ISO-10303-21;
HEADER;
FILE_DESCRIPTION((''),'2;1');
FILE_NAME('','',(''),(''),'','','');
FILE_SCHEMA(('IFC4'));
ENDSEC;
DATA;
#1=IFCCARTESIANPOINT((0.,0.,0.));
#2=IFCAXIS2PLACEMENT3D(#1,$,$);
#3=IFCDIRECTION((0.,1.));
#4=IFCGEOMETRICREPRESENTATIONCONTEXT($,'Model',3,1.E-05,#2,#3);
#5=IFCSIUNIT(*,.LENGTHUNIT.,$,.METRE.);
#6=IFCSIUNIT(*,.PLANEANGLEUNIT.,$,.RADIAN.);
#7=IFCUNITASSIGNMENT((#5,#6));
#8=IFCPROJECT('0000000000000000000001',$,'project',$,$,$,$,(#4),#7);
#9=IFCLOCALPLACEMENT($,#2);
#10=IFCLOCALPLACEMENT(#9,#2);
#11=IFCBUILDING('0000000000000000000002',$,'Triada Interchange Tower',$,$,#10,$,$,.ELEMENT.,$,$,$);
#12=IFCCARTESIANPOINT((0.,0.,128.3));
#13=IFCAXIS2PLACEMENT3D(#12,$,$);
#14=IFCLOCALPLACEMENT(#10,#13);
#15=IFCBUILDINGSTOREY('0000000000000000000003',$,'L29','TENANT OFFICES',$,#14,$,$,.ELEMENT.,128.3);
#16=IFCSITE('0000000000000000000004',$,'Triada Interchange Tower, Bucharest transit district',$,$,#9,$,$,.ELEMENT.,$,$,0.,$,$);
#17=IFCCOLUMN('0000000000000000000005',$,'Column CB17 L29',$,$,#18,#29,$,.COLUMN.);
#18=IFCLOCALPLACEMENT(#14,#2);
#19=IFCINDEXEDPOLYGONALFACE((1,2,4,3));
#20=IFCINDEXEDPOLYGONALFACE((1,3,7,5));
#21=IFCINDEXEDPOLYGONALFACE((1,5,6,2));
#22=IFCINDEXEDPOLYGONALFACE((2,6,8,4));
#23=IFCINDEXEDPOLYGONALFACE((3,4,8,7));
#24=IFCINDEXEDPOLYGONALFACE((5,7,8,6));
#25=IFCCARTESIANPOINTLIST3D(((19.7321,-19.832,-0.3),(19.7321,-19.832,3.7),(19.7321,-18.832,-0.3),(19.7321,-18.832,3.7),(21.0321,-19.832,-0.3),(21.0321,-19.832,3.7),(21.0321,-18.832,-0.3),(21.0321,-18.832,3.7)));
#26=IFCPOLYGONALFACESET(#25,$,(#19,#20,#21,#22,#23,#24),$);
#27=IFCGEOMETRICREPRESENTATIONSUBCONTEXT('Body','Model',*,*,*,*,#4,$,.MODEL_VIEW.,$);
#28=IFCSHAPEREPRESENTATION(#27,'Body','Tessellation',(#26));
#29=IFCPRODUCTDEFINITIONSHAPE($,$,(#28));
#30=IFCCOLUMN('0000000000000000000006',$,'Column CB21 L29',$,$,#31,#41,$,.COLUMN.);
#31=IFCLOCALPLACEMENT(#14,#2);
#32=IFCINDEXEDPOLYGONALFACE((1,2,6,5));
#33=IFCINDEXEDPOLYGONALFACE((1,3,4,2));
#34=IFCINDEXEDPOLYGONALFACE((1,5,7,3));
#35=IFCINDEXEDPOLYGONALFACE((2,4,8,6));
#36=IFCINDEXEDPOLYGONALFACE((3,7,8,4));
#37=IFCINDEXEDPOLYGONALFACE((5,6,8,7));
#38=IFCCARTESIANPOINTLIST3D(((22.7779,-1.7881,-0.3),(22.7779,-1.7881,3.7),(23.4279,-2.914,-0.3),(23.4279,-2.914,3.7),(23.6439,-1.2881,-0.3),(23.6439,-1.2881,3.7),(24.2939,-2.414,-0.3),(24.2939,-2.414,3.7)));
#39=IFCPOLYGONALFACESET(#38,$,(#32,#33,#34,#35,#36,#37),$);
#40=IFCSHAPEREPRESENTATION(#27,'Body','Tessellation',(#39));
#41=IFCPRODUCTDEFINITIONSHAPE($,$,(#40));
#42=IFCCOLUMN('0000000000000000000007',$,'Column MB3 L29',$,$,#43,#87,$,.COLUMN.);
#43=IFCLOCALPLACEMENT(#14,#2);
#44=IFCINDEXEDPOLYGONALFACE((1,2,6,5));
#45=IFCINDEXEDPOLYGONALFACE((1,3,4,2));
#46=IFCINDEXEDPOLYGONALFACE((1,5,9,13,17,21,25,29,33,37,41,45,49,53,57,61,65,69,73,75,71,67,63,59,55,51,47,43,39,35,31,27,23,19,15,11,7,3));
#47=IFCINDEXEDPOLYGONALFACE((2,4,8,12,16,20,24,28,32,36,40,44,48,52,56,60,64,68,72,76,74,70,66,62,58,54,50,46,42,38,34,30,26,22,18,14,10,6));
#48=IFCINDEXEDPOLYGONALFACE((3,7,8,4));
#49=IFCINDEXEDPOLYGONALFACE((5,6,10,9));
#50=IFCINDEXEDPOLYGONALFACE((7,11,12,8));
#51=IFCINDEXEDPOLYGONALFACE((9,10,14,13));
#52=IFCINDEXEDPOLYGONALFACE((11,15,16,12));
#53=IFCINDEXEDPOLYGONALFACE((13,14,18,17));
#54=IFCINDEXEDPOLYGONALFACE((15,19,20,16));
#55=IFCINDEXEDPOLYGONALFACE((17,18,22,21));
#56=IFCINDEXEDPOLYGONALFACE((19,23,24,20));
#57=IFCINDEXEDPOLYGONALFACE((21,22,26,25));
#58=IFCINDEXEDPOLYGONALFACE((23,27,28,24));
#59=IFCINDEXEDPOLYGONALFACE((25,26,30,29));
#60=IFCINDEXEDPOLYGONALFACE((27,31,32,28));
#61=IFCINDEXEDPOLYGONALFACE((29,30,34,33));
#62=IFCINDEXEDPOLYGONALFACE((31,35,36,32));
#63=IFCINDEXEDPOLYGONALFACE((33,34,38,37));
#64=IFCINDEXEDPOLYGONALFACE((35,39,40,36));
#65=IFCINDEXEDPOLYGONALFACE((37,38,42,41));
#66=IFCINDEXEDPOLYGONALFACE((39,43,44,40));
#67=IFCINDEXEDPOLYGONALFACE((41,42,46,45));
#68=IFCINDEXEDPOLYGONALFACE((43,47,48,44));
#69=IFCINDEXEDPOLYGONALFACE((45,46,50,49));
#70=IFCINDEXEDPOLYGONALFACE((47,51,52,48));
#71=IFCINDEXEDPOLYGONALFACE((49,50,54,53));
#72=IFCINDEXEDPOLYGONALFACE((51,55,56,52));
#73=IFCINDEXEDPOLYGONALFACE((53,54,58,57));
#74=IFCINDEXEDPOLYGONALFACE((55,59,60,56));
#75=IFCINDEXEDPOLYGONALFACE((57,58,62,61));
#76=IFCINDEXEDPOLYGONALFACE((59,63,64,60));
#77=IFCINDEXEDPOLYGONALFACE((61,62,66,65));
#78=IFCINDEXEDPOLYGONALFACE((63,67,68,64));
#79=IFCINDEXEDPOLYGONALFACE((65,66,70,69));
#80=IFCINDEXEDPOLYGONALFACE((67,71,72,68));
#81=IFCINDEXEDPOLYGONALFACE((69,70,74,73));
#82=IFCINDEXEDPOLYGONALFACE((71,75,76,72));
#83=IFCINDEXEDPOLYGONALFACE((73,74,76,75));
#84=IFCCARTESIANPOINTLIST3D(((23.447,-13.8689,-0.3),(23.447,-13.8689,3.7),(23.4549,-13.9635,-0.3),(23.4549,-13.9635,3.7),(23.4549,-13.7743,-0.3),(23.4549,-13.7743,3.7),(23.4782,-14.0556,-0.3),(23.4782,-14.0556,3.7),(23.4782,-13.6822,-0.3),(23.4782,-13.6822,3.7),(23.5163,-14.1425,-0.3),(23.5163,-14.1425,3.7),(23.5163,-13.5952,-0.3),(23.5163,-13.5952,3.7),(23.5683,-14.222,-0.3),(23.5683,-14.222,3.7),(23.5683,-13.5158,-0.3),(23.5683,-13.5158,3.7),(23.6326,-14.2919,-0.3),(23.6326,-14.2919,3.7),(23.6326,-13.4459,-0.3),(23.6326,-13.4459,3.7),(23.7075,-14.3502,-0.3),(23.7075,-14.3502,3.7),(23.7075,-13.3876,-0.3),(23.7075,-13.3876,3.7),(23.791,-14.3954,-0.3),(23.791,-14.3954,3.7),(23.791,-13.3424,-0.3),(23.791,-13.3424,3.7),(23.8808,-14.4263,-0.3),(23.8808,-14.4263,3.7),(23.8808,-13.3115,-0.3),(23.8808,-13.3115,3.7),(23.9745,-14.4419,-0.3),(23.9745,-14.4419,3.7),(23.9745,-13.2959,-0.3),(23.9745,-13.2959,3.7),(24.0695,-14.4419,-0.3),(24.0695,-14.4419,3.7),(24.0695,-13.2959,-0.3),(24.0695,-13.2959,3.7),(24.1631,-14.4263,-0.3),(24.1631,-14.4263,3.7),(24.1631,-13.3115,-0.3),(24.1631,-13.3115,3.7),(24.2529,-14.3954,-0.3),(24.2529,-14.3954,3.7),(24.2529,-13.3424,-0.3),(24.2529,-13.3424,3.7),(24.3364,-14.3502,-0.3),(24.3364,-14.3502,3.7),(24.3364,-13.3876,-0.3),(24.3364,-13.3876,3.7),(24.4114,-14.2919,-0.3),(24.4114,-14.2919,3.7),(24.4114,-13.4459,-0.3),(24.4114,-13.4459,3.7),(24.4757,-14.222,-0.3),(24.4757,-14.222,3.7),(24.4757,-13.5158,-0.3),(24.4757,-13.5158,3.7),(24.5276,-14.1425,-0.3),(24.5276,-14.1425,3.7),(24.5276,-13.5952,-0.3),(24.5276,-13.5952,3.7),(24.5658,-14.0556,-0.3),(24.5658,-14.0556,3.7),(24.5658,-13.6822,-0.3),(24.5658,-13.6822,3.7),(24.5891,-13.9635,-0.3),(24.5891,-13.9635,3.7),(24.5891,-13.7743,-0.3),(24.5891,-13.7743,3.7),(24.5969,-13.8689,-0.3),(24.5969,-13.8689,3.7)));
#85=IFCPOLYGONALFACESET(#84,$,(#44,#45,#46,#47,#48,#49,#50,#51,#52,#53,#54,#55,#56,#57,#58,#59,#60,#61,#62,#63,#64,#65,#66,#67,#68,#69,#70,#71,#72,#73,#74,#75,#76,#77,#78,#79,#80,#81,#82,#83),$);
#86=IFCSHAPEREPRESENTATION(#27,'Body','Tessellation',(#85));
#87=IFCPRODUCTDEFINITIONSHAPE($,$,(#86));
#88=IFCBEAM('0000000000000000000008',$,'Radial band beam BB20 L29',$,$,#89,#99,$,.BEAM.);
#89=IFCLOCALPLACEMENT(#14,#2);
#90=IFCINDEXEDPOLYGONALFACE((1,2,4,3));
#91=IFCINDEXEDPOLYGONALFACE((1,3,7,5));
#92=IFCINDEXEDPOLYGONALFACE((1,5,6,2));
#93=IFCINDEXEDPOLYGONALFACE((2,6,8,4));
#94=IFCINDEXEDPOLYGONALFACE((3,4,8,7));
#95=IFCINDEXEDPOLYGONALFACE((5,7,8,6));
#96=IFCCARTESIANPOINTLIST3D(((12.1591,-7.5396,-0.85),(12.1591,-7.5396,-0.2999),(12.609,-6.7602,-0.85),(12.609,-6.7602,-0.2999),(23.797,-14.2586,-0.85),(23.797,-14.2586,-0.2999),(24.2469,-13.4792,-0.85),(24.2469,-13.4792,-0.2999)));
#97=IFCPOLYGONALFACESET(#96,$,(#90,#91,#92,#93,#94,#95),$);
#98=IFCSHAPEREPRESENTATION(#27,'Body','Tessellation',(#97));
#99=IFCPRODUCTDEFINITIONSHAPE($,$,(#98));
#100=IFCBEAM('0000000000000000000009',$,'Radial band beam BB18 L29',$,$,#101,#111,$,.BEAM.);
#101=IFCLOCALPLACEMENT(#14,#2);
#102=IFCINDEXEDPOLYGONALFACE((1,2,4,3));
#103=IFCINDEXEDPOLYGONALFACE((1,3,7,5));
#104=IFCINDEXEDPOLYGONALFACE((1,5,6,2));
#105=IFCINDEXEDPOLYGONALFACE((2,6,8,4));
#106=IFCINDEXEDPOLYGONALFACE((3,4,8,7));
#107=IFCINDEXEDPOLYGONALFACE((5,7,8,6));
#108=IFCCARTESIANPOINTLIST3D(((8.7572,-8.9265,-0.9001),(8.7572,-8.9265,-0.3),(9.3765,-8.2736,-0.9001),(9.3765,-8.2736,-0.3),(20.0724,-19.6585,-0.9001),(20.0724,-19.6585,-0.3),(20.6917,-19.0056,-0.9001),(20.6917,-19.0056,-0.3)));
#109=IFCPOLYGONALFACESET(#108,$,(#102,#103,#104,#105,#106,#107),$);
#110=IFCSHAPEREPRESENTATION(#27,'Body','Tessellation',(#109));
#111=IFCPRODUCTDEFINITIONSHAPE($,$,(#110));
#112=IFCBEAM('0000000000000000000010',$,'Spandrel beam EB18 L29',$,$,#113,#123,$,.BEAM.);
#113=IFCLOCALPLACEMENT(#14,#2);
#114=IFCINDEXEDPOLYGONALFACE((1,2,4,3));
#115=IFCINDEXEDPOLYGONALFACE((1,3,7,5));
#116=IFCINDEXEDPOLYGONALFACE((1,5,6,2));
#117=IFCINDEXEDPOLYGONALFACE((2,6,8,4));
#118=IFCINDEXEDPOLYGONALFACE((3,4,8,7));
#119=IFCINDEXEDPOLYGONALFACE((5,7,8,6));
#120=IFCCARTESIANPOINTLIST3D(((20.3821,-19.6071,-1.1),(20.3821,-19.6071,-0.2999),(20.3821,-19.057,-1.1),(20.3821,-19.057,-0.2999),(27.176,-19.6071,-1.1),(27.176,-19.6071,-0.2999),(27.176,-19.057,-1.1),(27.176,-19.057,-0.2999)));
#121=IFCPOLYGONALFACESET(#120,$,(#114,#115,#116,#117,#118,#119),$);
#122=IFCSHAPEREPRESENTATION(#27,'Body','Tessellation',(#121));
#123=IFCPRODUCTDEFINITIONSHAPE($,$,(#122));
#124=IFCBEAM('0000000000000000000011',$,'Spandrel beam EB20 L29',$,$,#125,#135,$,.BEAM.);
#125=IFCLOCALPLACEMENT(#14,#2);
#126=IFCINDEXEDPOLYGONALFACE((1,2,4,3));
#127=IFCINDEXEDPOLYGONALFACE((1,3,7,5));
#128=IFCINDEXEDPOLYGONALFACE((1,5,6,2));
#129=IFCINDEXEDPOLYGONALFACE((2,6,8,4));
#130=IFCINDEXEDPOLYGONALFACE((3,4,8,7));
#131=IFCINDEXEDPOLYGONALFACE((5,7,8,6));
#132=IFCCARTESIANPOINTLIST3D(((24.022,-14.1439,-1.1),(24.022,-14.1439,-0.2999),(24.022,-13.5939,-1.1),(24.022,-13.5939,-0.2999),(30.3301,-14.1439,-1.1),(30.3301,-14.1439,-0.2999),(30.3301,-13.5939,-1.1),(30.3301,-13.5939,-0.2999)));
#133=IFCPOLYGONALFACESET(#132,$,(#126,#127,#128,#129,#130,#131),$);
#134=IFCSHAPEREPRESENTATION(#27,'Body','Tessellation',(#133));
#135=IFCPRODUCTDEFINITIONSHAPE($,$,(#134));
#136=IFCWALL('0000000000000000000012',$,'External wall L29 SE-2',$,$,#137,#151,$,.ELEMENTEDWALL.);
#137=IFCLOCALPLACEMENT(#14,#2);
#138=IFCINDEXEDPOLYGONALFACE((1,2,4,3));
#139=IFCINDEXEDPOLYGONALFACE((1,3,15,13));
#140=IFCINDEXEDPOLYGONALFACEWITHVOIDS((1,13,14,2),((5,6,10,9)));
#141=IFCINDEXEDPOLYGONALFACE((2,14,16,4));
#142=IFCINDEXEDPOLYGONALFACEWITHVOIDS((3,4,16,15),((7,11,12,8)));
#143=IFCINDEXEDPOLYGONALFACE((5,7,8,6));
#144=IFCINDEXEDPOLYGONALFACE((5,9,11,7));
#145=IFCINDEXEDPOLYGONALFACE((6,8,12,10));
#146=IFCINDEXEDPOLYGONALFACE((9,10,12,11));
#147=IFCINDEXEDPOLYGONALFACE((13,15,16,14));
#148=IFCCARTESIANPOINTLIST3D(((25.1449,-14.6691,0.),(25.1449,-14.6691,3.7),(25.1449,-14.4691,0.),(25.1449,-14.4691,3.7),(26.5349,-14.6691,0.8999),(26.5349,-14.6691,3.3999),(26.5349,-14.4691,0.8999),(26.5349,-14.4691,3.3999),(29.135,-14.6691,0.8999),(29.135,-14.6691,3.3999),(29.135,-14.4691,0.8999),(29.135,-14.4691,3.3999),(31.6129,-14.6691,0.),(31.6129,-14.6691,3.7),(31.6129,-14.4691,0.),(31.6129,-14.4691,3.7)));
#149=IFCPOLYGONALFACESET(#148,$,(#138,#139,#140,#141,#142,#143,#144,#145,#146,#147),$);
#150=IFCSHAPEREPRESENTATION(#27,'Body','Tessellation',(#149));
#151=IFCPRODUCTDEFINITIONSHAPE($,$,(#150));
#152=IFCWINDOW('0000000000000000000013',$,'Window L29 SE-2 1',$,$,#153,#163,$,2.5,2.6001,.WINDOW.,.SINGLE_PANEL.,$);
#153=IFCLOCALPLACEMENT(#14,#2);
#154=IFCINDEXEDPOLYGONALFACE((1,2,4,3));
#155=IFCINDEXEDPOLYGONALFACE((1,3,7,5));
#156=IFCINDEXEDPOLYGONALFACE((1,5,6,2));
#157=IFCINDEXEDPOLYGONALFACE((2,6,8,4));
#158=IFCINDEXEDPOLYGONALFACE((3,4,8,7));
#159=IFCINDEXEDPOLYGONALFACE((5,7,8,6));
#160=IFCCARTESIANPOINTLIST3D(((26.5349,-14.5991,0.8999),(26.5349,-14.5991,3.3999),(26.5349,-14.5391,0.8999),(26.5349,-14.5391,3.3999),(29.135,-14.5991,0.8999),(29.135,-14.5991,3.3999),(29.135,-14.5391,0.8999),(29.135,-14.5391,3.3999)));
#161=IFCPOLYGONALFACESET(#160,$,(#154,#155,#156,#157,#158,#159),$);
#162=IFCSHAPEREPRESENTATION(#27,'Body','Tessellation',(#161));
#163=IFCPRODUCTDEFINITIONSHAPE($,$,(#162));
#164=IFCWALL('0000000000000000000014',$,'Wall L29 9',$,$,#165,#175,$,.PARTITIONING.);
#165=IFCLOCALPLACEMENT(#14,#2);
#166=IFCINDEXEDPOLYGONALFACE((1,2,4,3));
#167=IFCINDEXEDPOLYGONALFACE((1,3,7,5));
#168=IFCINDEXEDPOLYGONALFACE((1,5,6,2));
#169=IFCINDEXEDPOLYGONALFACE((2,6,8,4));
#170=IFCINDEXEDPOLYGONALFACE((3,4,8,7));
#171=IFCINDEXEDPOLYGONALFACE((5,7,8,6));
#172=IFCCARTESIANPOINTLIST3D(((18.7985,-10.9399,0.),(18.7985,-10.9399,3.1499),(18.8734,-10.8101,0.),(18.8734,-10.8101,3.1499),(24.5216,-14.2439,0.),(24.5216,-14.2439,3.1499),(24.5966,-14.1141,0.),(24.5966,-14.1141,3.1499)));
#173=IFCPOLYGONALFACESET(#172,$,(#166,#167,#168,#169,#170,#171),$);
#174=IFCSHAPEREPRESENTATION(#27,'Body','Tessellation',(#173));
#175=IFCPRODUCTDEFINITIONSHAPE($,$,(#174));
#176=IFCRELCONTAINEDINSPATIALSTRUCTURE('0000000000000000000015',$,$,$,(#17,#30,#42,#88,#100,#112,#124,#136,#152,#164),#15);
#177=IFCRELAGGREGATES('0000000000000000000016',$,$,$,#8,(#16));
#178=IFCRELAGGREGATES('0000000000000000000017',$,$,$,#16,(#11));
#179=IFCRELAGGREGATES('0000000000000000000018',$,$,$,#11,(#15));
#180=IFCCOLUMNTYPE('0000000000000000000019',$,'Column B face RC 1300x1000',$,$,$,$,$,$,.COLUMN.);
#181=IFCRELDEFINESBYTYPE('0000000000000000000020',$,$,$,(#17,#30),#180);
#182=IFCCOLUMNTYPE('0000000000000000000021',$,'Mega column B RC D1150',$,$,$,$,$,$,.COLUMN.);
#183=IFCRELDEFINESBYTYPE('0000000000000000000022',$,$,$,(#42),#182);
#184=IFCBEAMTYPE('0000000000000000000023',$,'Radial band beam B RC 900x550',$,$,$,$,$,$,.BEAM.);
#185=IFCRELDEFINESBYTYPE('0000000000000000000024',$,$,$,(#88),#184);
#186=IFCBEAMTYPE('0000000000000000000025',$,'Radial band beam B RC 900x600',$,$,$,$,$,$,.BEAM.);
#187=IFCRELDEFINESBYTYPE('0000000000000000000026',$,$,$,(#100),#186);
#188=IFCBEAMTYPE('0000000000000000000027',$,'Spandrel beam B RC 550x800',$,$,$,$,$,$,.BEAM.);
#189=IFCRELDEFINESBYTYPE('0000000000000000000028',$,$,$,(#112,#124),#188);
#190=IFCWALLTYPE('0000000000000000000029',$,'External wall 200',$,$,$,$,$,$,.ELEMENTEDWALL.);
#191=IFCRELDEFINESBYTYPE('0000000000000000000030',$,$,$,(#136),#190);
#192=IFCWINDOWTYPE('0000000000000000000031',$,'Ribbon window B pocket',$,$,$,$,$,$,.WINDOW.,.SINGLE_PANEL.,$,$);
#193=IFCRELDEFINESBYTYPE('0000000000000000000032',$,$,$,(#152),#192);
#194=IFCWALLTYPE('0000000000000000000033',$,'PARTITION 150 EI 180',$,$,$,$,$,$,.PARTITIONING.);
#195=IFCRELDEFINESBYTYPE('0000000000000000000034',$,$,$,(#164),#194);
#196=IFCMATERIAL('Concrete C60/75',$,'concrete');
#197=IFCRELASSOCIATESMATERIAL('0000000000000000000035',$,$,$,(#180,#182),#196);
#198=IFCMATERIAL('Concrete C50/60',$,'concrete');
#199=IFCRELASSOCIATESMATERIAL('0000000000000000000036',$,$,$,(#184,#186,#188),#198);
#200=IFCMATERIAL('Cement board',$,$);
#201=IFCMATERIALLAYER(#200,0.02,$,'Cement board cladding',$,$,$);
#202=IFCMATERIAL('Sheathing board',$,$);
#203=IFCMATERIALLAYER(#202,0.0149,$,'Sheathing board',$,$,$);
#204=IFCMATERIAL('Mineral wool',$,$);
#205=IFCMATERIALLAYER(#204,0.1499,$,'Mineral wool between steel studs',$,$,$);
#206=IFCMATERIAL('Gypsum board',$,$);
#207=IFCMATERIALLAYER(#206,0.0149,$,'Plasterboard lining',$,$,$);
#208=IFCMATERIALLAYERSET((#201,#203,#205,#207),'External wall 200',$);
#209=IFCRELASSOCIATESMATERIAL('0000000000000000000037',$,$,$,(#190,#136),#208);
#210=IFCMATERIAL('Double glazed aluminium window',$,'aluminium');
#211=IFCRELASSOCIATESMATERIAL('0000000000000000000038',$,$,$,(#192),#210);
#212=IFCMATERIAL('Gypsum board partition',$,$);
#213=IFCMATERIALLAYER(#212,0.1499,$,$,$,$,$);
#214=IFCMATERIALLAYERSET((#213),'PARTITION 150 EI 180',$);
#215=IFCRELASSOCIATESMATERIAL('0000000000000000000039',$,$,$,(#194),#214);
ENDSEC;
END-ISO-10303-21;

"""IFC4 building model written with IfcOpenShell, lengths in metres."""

from ifc_helpers import new_model, si_unit, direction, frame, frame_2d, origin, origin_2d, place, context, subcontext, project, spatial, rectangle, circle, extrude, material, layer, layer_set, layer_usage, material_profile, profile_set, type_object, element, fill, save


model = new_model("IFC4")

# Units and contexts
model_context = context("Model", 3, precision=1e-05, world=origin(), true_north=direction((0.0, 1.0)))
body_context = subcontext(model_context, "Body", "Model", "MODEL_VIEW")
ifc_project = project(units=[si_unit("LENGTHUNIT", "METRE"), si_unit("PLANEANGLEUNIT", "RADIAN")], contexts=[model_context])

# Site, building, storey
site_placement = place(None, origin())
site = spatial("IfcSite", under=ifc_project, at=site_placement, Name="Triada Interchange Tower, Bucharest transit district", CompositionType="ELEMENT", RefElevation=0.0)
building_placement = place(site_placement, origin())
building = spatial("IfcBuilding", under=site, at=building_placement, Name="Triada Interchange Tower", CompositionType="ELEMENT")
storey_placement = place(building_placement, frame((0.0, 0.0, 128.3)))
storey = spatial("IfcBuildingStorey", under=building, at=storey_placement, Name="L29", Description="TENANT OFFICES", CompositionType="ELEMENT", Elevation=128.3)

# Columns
ifc_material_1 = material(Name="Concrete C60/75", Category="concrete")
ifc_material_profile_1 = material_profile(ifc_material_1, rectangle(XDim=1.3, YDim=1.0, at=origin_2d()), Name="RC 1300x1000")
ifc_profile_set_1 = profile_set([ifc_material_profile_1], Name="Concrete C60/75")
column_type_1 = type_object("IfcColumnType", Name="Column B face RC 1300x1000", PredefinedType="COLUMN", material=ifc_profile_set_1)
for number, where, z_axis, x_axis, name in (
    (1, (20.3821, -19.332, -0.3), (0.0, 0.0, 1.0), (1.0, 0.0, 0.0), "Column CB17 L29"),
    (2, (23.5359, -2.1011, -0.3), (0.0, 0.0, 1.0), (-0.5, 0.866025, 0.0), "Column CB21 L29"),
):
    element("IfcColumn", number, at=place(storey_placement, frame(where, z_axis=z_axis, x_axis=x_axis)), inside=storey, type_object=column_type_1, Name=name, PredefinedType="COLUMN", context=body_context, shape_type="SweptSolid", body=[
        extrude(rectangle(XDim=1.3, YDim=1.0, at=origin_2d()), origin(), (0.0, 0.0, 1.0), 4.0),
    ])
ifc_material_profile_2 = material_profile(ifc_material_1, circle(Radius=0.575, at=origin_2d()), Name="RC D1150")
ifc_profile_set_2 = profile_set([ifc_material_profile_2], Name="Concrete C60/75")
column_type_2 = type_object("IfcColumnType", Name="Mega column B RC D1150", PredefinedType="COLUMN", material=ifc_profile_set_2)
column_placement = place(storey_placement, frame((24.022, -13.8689, -0.3), z_axis=(0.0, 0.0, 1.0), x_axis=(1.0, 0.0, 0.0)))
element("IfcColumn", 3, at=column_placement, inside=storey, type_object=column_type_2, Name="Column MB3 L29", PredefinedType="COLUMN", context=body_context, shape_type="SweptSolid", body=[
    extrude(circle(Radius=0.575, at=origin_2d()), origin(), (0.0, 0.0, 1.0), 4.0),
])

# Beams
ifc_material_2 = material(Name="Concrete C50/60", Category="concrete")
ifc_material_profile_3 = material_profile(ifc_material_2, rectangle(XDim=0.8999, YDim=0.55, at=origin_2d()), Name="RC 900x550")
ifc_profile_set_3 = profile_set([ifc_material_profile_3], Name="Concrete C50/60")
beam_type_1 = type_object("IfcBeamType", Name="Radial band beam B RC 900x550", PredefinedType="BEAM", material=ifc_profile_set_3)
beam_1_placement = place(storey_placement, frame((24.022, -13.8689, -0.575), z_axis=(-0.866031, 0.49999, 0.0), x_axis=(-0.49999, -0.866031, 0.0)))
element("IfcBeam", 4, at=beam_1_placement, inside=storey, type_object=beam_type_1, Name="Radial band beam BB20 L29", PredefinedType="BEAM", context=body_context, shape_type="SweptSolid", body=[
    extrude(rectangle(XDim=0.8999, YDim=0.55, at=origin_2d()), origin(), (0.0, 0.0, 1.0), 13.4382),
])
ifc_material_profile_4 = material_profile(ifc_material_2, rectangle(XDim=0.8999, YDim=0.6001, at=origin_2d()), Name="RC 900x600")
ifc_profile_set_4 = profile_set([ifc_material_profile_4], Name="Concrete C50/60")
beam_type_2 = type_object("IfcBeamType", Name="Radial band beam B RC 900x600", PredefinedType="BEAM", material=ifc_profile_set_4)
beam_2_placement = place(storey_placement, frame((20.3821, -19.332, -0.6001), z_axis=(-0.725559, 0.68816, 0.0), x_axis=(-0.68816, -0.725559, 0.0)))
element("IfcBeam", 5, at=beam_2_placement, inside=storey, type_object=beam_type_2, Name="Radial band beam BB18 L29", PredefinedType="BEAM", context=body_context, shape_type="SweptSolid", body=[
    extrude(rectangle(XDim=0.8999, YDim=0.6001, at=origin_2d()), origin(), (0.0, 0.0, 1.0), 15.5952),
])
ifc_material_profile_5 = material_profile(ifc_material_2, rectangle(XDim=0.55, YDim=0.8, at=origin_2d()), Name="RC 550x800")
ifc_profile_set_5 = profile_set([ifc_material_profile_5], Name="Concrete C50/60")
beam_type_3 = type_object("IfcBeamType", Name="Spandrel beam B RC 550x800", PredefinedType="BEAM", material=ifc_profile_set_5)
beam_3_placement = place(storey_placement, frame((20.3821, -19.332, -0.7), z_axis=(1.0, 0.0, 0.0), x_axis=(0.0, 1.0, 0.0)))
element("IfcBeam", 6, at=beam_3_placement, inside=storey, type_object=beam_type_3, Name="Spandrel beam EB18 L29", PredefinedType="BEAM", context=body_context, shape_type="SweptSolid", body=[
    extrude(rectangle(XDim=0.55, YDim=0.8, at=origin_2d()), origin(), (0.0, 0.0, 1.0), 6.7939),
])
beam_4_placement = place(storey_placement, frame((24.022, -13.8689, -0.7), z_axis=(1.0, 0.0, 0.0), x_axis=(0.0, 1.0, 0.0)))
element("IfcBeam", 7, at=beam_4_placement, inside=storey, type_object=beam_type_3, Name="Spandrel beam EB20 L29", PredefinedType="BEAM", context=body_context, shape_type="SweptSolid", body=[
    extrude(rectangle(XDim=0.55, YDim=0.8, at=origin_2d()), origin(), (0.0, 0.0, 1.0), 6.3081),
])

# Wall, opening, window
ifc_material_3 = material(Name="Cement board")
ifc_layer_1 = layer(ifc_material_3, 0.02, Name="Cement board cladding")
ifc_material_4 = material(Name="Sheathing board")
ifc_layer_2 = layer(ifc_material_4, 0.0149, Name="Sheathing board")
ifc_material_5 = material(Name="Mineral wool")
ifc_layer_3 = layer(ifc_material_5, 0.1499, Name="Mineral wool between steel studs")
ifc_material_6 = material(Name="Gypsum board")
ifc_layer_4 = layer(ifc_material_6, 0.0149, Name="Plasterboard lining")
ifc_layer_set_1 = layer_set([ifc_layer_1, ifc_layer_2, ifc_layer_3, ifc_layer_4], Name="External wall 200")
ifc_layer_usage = layer_usage(ifc_layer_set_1, "AXIS2", "POSITIVE", -0.1001)
wall_type_1 = type_object("IfcWallType", Name="External wall 200", PredefinedType="ELEMENTEDWALL", material=ifc_layer_set_1)
wall_1_placement = place(storey_placement, frame((25.145, -14.5691, 0.0), z_axis=(0.0, 0.0, 1.0), x_axis=(1.0, 0.0, 0.0)))
wall_1 = element("IfcWall", 8, at=wall_1_placement, inside=storey, type_object=wall_type_1, material=ifc_layer_usage, Name="External wall L29 SE-2", PredefinedType="ELEMENTEDWALL", context=body_context, shape_type="SweptSolid", body=[
    extrude(rectangle(XDim=6.468, YDim=0.2, at=frame_2d((3.2339, 0.0))), origin(), (0.0, 0.0, 1.0), 3.7),
])
opening_1_placement = place(wall_1_placement, frame((1.3899, 0.0, 0.8999)))
opening_1 = element("IfcOpeningElement", 9, at=opening_1_placement, cuts=wall_1, PredefinedType="OPENING", context=body_context, shape_type="SweptSolid", body=[
    extrude(rectangle(XDim=2.6001, YDim=2.5, at=frame_2d((1.3, 1.25))), frame((0.0, 0.1099, 0.0), z_axis=(0.0, -1.0, 0.0), x_axis=(1.0, 0.0, 0.0)), (0.0, 0.0, 1.0), 0.22),
])
ifc_material_7 = material(Name="Double glazed aluminium window", Category="aluminium")
window_type = type_object("IfcWindowType", Name="Ribbon window B pocket", PartitioningType="SINGLE_PANEL", PredefinedType="WINDOW", material=ifc_material_7)
window_placement = place(opening_1_placement, origin())
window = element("IfcWindow", 10, at=window_placement, inside=storey, type_object=window_type, Name="Window L29 SE-2 1", OverallHeight=2.5, OverallWidth=2.6001, PartitioningType="SINGLE_PANEL", PredefinedType="WINDOW", context=body_context, shape_type="SweptSolid", body=[
    extrude(rectangle(XDim=2.6001, YDim=2.5, at=frame_2d((1.3, 1.25))), frame((0.0, 0.03, 0.0), z_axis=(0.0, -1.0, 0.0), x_axis=(1.0, 0.0, 0.0)), (0.0, 0.0, 1.0), 0.0601),
])
fill(opening_1, window)

# Wall
ifc_material_8 = material(Name="Gypsum board partition")
ifc_layer_5 = layer(ifc_material_8, 0.1499)
ifc_layer_set_2 = layer_set([ifc_layer_5], Name="PARTITION 150 EI 180")
wall_type_2 = type_object("IfcWallType", Name="PARTITION 150 EI 180", PredefinedType="PARTITIONING", material=ifc_layer_set_2)
wall_2_placement = place(storey_placement, frame((18.8359, -10.875, 0.0), z_axis=(0.0, 0.0, 1.0), x_axis=(0.866045, -0.499966, 0.0)))
element("IfcWall", 11, at=wall_2_placement, inside=storey, type_object=wall_type_2, Name="Wall L29 9", PredefinedType="PARTITIONING", context=body_context, shape_type="SweptSolid", body=[
    extrude(rectangle(XDim=6.6084, YDim=0.1499, at=frame_2d((3.3042, 0.0))), origin(), (0.0, 0.0, 1.0), 3.1499),
])

save(model, "model.ifc")
